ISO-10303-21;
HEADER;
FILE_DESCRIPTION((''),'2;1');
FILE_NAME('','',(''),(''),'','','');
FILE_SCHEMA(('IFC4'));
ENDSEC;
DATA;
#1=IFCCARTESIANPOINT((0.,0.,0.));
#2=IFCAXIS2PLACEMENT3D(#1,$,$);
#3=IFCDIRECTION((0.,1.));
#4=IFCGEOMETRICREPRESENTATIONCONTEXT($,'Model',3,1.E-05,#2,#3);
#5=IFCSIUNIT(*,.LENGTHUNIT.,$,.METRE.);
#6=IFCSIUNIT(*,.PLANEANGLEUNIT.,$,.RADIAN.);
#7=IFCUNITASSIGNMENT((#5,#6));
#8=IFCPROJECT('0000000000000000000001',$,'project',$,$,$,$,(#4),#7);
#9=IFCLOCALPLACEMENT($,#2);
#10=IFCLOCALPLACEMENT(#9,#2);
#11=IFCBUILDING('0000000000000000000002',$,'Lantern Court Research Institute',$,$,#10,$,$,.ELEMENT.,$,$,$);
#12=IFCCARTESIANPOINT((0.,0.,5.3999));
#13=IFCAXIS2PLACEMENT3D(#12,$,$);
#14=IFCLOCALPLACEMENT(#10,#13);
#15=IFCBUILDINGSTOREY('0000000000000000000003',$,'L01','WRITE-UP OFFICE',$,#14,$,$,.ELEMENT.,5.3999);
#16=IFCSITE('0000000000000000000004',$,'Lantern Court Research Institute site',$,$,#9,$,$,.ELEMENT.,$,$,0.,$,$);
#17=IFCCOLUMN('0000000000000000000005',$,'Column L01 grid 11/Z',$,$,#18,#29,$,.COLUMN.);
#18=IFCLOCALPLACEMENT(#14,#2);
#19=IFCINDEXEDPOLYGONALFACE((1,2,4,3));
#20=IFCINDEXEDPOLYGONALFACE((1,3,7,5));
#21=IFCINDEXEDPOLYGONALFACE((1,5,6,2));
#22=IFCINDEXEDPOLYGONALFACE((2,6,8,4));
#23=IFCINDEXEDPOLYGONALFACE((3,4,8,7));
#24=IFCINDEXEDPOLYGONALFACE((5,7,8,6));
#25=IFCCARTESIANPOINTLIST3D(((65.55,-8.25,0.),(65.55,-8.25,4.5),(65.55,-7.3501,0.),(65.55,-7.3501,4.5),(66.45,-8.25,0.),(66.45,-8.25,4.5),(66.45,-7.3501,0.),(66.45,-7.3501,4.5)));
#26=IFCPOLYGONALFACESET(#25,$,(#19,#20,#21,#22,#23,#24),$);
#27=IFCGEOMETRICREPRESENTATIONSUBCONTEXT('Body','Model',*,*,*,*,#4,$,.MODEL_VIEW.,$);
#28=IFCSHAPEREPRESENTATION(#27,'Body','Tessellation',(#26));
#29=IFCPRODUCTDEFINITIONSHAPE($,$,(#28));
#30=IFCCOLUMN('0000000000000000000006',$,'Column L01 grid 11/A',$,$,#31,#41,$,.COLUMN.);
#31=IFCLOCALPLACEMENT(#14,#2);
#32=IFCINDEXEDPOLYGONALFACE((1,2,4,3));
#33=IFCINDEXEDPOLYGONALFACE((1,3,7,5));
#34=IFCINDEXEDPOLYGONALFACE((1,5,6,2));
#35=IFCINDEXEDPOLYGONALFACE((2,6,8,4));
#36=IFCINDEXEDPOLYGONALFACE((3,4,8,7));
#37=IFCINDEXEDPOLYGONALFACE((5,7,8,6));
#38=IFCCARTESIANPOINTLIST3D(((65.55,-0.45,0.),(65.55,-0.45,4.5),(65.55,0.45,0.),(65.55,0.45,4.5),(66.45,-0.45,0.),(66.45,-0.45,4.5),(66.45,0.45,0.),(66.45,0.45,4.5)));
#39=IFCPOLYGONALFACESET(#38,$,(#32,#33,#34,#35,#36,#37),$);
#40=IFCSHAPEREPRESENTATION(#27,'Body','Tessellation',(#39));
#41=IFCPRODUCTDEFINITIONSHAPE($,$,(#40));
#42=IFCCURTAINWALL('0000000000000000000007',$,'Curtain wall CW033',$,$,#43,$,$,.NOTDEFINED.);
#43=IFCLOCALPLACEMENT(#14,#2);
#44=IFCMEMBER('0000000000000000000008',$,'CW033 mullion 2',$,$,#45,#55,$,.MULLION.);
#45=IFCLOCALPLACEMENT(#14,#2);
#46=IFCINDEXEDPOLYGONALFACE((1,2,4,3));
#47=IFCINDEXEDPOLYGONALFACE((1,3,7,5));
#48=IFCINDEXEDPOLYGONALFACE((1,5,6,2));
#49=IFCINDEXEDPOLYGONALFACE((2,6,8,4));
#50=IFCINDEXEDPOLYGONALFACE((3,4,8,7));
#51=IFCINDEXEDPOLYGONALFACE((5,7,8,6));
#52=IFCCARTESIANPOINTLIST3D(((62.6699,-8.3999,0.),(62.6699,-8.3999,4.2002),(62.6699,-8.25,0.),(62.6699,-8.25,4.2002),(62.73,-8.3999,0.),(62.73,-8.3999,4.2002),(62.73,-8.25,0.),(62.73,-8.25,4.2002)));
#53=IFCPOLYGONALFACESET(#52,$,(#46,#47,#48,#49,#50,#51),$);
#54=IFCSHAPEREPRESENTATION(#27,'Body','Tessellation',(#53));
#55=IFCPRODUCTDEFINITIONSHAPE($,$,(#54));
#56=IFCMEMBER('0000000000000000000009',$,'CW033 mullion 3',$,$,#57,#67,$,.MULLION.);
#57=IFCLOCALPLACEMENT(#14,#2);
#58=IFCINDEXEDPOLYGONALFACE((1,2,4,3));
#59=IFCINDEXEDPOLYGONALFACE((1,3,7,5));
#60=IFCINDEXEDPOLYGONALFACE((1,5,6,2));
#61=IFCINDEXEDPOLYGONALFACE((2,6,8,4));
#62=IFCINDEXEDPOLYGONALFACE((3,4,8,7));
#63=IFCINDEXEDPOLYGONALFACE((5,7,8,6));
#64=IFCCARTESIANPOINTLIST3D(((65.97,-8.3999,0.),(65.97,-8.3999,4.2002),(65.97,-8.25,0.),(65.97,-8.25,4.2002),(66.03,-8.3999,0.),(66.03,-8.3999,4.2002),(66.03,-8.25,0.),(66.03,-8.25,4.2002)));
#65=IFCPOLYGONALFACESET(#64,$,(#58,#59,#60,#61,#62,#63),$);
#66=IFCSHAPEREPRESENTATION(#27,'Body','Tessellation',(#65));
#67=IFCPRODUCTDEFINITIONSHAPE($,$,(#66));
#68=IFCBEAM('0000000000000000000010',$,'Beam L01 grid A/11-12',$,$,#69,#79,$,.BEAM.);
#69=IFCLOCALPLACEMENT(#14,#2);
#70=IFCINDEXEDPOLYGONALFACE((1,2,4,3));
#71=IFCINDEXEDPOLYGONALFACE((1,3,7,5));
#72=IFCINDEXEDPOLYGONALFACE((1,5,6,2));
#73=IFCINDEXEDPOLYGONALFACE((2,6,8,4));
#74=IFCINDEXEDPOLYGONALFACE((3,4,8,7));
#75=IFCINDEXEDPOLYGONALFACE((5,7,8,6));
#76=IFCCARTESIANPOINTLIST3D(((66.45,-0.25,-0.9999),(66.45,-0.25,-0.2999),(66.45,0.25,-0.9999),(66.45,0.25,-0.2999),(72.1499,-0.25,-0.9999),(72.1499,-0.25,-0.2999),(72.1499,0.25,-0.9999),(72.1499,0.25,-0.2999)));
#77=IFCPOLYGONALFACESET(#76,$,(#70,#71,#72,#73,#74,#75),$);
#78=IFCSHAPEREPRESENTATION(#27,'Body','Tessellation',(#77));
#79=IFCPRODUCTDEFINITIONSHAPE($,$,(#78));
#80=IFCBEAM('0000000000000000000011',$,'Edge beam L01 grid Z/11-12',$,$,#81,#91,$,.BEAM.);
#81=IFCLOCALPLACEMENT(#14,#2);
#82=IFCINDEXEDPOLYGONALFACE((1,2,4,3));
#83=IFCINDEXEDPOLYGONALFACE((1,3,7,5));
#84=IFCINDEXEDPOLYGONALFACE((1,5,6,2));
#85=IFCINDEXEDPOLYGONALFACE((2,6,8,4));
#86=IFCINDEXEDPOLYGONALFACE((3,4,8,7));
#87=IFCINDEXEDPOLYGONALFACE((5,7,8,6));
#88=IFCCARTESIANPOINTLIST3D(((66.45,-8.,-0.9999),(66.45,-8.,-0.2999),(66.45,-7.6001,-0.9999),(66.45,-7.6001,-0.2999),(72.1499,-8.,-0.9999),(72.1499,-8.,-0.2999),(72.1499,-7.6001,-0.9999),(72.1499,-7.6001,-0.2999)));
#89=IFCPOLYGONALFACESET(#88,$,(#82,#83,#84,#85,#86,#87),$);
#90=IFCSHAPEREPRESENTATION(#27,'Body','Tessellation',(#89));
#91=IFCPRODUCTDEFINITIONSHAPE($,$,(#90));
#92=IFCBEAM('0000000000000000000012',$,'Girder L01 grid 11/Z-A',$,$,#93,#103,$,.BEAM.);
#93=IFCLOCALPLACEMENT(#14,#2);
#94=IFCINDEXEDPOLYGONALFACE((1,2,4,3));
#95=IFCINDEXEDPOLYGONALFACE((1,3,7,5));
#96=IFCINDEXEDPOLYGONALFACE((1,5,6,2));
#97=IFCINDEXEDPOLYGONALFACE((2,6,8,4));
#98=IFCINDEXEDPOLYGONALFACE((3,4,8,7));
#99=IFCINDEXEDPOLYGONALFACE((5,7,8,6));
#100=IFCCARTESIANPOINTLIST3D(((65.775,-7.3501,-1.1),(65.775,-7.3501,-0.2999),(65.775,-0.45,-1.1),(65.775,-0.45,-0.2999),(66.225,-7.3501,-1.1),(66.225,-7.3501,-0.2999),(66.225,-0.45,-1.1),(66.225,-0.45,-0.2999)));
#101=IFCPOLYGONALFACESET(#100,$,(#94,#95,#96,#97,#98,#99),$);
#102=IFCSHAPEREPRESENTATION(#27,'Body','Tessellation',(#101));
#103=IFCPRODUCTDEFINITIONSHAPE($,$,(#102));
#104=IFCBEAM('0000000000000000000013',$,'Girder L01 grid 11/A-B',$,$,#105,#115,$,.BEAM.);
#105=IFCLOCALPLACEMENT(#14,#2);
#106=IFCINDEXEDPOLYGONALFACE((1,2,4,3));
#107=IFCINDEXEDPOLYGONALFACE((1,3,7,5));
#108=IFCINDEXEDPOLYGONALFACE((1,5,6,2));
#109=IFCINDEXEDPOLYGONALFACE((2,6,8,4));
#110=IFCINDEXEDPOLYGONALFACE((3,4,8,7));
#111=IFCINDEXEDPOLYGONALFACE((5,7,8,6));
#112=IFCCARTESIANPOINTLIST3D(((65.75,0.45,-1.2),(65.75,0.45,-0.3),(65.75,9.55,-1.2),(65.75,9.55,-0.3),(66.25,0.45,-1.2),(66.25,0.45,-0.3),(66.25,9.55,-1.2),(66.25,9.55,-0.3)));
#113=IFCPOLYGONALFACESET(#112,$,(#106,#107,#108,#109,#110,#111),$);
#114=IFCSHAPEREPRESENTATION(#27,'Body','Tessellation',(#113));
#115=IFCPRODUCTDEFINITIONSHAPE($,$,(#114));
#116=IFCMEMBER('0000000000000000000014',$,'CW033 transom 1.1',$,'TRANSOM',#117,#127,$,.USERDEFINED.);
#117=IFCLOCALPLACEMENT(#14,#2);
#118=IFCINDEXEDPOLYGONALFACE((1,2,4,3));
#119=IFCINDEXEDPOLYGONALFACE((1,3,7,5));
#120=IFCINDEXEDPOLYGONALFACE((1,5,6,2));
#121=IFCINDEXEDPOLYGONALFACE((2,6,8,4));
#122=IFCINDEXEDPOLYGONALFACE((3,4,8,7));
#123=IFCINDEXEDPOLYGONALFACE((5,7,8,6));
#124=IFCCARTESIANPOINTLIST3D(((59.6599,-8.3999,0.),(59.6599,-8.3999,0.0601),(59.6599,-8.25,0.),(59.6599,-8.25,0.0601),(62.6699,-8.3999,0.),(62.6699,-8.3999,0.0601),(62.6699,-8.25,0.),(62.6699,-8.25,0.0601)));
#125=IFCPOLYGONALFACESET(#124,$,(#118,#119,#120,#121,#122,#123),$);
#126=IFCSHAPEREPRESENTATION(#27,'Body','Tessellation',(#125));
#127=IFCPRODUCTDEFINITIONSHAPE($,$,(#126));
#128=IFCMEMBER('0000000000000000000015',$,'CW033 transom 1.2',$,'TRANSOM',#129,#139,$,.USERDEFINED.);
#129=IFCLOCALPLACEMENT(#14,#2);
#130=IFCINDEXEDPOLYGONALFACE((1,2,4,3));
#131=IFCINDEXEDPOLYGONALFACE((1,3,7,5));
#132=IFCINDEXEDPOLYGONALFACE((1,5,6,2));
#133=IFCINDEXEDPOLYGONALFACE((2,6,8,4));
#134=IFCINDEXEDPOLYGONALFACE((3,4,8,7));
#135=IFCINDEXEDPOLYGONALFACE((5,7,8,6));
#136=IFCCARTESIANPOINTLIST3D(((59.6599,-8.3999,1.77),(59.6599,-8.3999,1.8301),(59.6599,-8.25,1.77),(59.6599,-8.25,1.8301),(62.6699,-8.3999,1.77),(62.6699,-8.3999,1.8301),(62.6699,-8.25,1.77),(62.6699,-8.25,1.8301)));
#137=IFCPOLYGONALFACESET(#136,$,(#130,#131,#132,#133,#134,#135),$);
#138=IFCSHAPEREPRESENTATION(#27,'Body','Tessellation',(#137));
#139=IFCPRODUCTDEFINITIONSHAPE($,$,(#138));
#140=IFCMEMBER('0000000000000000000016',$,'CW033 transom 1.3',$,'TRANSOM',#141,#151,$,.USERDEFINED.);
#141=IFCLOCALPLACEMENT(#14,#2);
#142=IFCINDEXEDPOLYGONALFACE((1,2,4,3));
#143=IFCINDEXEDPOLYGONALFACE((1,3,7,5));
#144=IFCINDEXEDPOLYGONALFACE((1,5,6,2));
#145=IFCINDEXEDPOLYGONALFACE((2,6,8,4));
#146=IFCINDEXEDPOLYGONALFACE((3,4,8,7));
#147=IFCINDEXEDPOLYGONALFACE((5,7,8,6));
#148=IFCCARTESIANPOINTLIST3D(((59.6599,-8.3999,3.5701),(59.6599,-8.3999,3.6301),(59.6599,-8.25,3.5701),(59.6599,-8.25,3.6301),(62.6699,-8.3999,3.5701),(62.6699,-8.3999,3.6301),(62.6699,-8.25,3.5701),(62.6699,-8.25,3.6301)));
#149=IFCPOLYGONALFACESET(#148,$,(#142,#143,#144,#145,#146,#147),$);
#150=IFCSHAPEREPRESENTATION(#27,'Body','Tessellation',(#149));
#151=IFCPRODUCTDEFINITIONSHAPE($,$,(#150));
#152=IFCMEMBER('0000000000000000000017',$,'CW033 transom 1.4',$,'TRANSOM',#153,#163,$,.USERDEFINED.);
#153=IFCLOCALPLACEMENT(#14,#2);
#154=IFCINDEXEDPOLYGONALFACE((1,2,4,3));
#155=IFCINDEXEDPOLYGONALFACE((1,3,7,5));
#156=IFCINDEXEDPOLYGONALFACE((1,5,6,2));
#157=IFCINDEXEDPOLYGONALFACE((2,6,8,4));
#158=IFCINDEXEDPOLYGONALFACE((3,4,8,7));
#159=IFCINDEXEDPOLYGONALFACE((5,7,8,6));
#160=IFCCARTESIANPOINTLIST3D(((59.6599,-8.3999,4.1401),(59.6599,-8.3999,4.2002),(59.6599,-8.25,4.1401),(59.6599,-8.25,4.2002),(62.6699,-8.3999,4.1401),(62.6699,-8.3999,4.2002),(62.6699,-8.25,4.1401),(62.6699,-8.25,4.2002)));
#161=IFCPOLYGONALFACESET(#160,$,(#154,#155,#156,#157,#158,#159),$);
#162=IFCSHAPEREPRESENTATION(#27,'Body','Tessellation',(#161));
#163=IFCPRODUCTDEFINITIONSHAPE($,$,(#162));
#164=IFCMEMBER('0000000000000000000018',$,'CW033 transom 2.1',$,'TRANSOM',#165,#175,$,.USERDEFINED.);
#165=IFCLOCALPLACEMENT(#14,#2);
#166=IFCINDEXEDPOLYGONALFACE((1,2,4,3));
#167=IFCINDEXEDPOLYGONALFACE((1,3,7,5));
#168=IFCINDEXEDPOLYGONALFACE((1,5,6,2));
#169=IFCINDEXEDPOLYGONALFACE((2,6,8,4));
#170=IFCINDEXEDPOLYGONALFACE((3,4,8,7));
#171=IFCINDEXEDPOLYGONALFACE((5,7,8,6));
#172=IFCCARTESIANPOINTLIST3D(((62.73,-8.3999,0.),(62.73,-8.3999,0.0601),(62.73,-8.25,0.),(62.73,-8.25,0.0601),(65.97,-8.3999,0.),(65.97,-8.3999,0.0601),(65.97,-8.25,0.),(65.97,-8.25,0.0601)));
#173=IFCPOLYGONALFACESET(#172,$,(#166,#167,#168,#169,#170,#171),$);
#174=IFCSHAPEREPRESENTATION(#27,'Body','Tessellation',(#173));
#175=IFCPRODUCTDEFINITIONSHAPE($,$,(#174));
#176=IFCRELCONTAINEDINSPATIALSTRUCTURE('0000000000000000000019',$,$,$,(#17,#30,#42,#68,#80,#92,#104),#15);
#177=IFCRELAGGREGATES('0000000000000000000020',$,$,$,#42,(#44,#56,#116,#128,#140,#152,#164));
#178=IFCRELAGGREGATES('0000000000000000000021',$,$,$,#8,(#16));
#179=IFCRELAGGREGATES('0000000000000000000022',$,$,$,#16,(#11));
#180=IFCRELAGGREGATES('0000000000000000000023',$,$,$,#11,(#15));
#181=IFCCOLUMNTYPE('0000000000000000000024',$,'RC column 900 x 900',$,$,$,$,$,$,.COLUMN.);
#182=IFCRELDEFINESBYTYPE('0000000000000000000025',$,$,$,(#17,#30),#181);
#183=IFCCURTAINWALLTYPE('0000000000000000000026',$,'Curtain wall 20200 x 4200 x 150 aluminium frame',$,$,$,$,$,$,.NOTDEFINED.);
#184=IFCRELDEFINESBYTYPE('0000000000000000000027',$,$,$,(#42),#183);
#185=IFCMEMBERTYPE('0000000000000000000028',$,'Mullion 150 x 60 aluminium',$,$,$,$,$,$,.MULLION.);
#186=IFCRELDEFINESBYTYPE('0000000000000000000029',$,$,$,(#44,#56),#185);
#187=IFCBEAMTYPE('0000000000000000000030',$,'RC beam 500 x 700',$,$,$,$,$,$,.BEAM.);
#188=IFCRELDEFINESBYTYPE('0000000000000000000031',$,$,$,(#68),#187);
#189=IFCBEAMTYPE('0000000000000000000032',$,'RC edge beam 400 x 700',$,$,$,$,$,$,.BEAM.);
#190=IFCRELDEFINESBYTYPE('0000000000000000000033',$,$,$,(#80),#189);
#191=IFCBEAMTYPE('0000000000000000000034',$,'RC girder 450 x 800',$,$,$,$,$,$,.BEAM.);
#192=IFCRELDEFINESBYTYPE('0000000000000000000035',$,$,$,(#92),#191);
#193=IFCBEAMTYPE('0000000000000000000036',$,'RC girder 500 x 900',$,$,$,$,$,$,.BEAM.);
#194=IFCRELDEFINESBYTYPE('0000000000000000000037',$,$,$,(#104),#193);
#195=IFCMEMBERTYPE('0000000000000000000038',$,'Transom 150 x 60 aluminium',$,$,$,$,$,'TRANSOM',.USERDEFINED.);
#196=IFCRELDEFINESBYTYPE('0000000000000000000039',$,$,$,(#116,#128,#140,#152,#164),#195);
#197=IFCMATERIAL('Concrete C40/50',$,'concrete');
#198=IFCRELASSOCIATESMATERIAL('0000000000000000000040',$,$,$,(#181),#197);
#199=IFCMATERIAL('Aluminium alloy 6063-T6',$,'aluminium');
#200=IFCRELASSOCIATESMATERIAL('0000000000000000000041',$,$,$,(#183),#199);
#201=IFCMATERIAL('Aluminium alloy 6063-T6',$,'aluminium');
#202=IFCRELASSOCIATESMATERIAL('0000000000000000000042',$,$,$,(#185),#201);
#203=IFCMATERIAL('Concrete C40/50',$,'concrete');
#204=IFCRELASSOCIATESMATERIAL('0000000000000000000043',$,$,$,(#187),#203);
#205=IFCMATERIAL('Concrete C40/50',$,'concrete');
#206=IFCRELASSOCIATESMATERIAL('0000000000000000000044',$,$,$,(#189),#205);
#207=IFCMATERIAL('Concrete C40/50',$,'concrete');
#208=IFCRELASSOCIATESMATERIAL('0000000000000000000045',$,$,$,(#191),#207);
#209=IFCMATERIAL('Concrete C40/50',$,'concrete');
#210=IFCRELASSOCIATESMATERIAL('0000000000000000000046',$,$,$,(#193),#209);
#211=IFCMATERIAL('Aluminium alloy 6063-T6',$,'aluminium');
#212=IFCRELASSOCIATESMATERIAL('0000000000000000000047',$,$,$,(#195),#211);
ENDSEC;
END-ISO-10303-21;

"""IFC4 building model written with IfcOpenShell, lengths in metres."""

from ifc_helpers import new_model, si_unit, direction, frame, origin, origin_2d, place, context, subcontext, project, spatial, rectangle, extrude, material, material_profile, profile_set, type_object, element, aggregate, save


model = new_model("IFC4")

# Units and contexts
model_context = context("Model", 3, precision=1e-05, world=origin(), true_north=direction((0.0, 1.0)))
body_context = subcontext(model_context, "Body", "Model", "MODEL_VIEW")
ifc_project = project(units=[si_unit("LENGTHUNIT", "METRE"), si_unit("PLANEANGLEUNIT", "RADIAN")], contexts=[model_context])

# Site, building, storey
site_placement = place(None, origin())
site = spatial("IfcSite", under=ifc_project, at=site_placement, Name="Lantern Court Research Institute site", CompositionType="ELEMENT", RefElevation=0.0)
building_placement = place(site_placement, origin())
building = spatial("IfcBuilding", under=site, at=building_placement, Name="Lantern Court Research Institute", CompositionType="ELEMENT")
storey_placement = place(building_placement, frame((0.0, 0.0, 5.3999)))
storey = spatial("IfcBuildingStorey", under=building, at=storey_placement, Name="L01", Description="WRITE-UP OFFICE", CompositionType="ELEMENT", Elevation=5.3999)

# Columns
ifc_material_1 = material(Name="Concrete C40/50", Category="concrete")
ifc_material_profile_1 = material_profile(ifc_material_1, rectangle(XDim=0.8999, YDim=0.8999, at=origin_2d()), Name="RC column 900 x 900")
ifc_profile_set_1 = profile_set([ifc_material_profile_1], Name="Concrete C40/50")
column_type = type_object("IfcColumnType", Name="RC column 900 x 900", PredefinedType="COLUMN", material=ifc_profile_set_1)
for number, where, z_axis, x_axis, name in (
    (1, (66.0, -7.8, 0.0), (0.0, 0.0, 1.0), (1.0, 0.0, 0.0), "Column L01 grid 11/Z"),
    (2, (66.0, 0.0, 0.0), (0.0, 0.0, 1.0), (1.0, 0.0, 0.0), "Column L01 grid 11/A"),
):
    element("IfcColumn", number, at=place(storey_placement, frame(where, z_axis=z_axis, x_axis=x_axis)), inside=storey, type_object=column_type, Name=name, PredefinedType="COLUMN", context=body_context, shape_type="SweptSolid", body=[
        extrude(rectangle(XDim=0.8999, YDim=0.8999, at=origin_2d()), origin(), (0.0, 0.0, 1.0), 4.5),
    ])

# Curtain wall, members
ifc_material_2 = material(Name="Aluminium alloy 6063-T6", Category="aluminium")
curtain_wall_type = type_object("IfcCurtainWallType", Name="Curtain wall 20200 x 4200 x 150 aluminium frame", PredefinedType="NOTDEFINED", material=ifc_material_2)
curtain_wall_placement = place(storey_placement, origin())
curtain_wall = element("IfcCurtainWall", 3, at=curtain_wall_placement, inside=storey, type_object=curtain_wall_type, Name="Curtain wall CW033", PredefinedType="NOTDEFINED")
ifc_material_3 = material(Name="Aluminium alloy 6063-T6", Category="aluminium")
ifc_material_profile_2 = material_profile(ifc_material_3, rectangle(XDim=0.1499, YDim=0.0601, at=origin_2d()), Name="Mullion 150 x 60")
ifc_profile_set_2 = profile_set([ifc_material_profile_2], Name="Aluminium alloy 6063-T6")
member_type_1 = type_object("IfcMemberType", Name="Mullion 150 x 60 aluminium", PredefinedType="MULLION", material=ifc_profile_set_2)
member_1_placement = place(storey_placement, frame((62.7, -8.325, 0.0), z_axis=(0.0, 0.0, 1.0), x_axis=(0.0, -1.0, 0.0)))
member_1 = element("IfcMember", 4, at=member_1_placement, type_object=member_type_1, Name="CW033 mullion 2", PredefinedType="MULLION", context=body_context, shape_type="SweptSolid", body=[
    extrude(rectangle(XDim=0.1499, YDim=0.0601, at=origin_2d()), origin(), (0.0, 0.0, 1.0), 4.2002),
])
member_2_placement = place(storey_placement, frame((66.0, -8.325, 0.0), z_axis=(0.0, 0.0, 1.0), x_axis=(0.0, -1.0, 0.0)))
member_2 = element("IfcMember", 5, at=member_2_placement, type_object=member_type_1, Name="CW033 mullion 3", PredefinedType="MULLION", context=body_context, shape_type="SweptSolid", body=[
    extrude(rectangle(XDim=0.1499, YDim=0.0601, at=origin_2d()), origin(), (0.0, 0.0, 1.0), 4.2002),
])

# Beams
ifc_material_4 = material(Name="Concrete C40/50", Category="concrete")
ifc_material_profile_3 = material_profile(ifc_material_4, rectangle(XDim=0.5, YDim=0.7, at=origin_2d()), Name="RC beam 500 x 700")
ifc_profile_set_3 = profile_set([ifc_material_profile_3], Name="Concrete C40/50")
beam_type_1 = type_object("IfcBeamType", Name="RC beam 500 x 700", PredefinedType="BEAM", material=ifc_profile_set_3)
beam_1_placement = place(storey_placement, frame((66.45, 0.0, -0.6499), z_axis=(1.0, 0.0, 0.0), x_axis=(0.0, 1.0, 0.0)))
element("IfcBeam", 6, at=beam_1_placement, inside=storey, type_object=beam_type_1, Name="Beam L01 grid A/11-12", PredefinedType="BEAM", context=body_context, shape_type="SweptSolid", body=[
    extrude(rectangle(XDim=0.5, YDim=0.7, at=origin_2d()), origin(), (0.0, 0.0, 1.0), 5.7),
])
ifc_material_5 = material(Name="Concrete C40/50", Category="concrete")
ifc_material_profile_4 = material_profile(ifc_material_5, rectangle(XDim=0.3999, YDim=0.7, at=origin_2d()), Name="RC beam 400 x 700")
ifc_profile_set_4 = profile_set([ifc_material_profile_4], Name="Concrete C40/50")
beam_type_2 = type_object("IfcBeamType", Name="RC edge beam 400 x 700", PredefinedType="BEAM", material=ifc_profile_set_4)
beam_2_placement = place(storey_placement, frame((66.45, -7.8, -0.6499), z_axis=(1.0, 0.0, 0.0), x_axis=(0.0, 1.0, 0.0)))
element("IfcBeam", 7, at=beam_2_placement, inside=storey, type_object=beam_type_2, Name="Edge beam L01 grid Z/11-12", PredefinedType="BEAM", context=body_context, shape_type="SweptSolid", body=[
    extrude(rectangle(XDim=0.3999, YDim=0.7, at=origin_2d()), origin(), (0.0, 0.0, 1.0), 5.7),
])
ifc_material_6 = material(Name="Concrete C40/50", Category="concrete")
ifc_material_profile_5 = material_profile(ifc_material_6, rectangle(XDim=0.45, YDim=0.8, at=origin_2d()), Name="RC beam 450 x 800")
ifc_profile_set_5 = profile_set([ifc_material_profile_5], Name="Concrete C40/50")
beam_type_3 = type_object("IfcBeamType", Name="RC girder 450 x 800", PredefinedType="BEAM", material=ifc_profile_set_5)
beam_3_placement = place(storey_placement, frame((66.0, -7.3501, -0.7), z_axis=(0.0, 1.0, 0.0), x_axis=(-1.0, 0.0, 0.0)))
element("IfcBeam", 8, at=beam_3_placement, inside=storey, type_object=beam_type_3, Name="Girder L01 grid 11/Z-A", PredefinedType="BEAM", context=body_context, shape_type="SweptSolid", body=[
    extrude(rectangle(XDim=0.45, YDim=0.8, at=origin_2d()), origin(), (0.0, 0.0, 1.0), 6.9001),
])
ifc_material_7 = material(Name="Concrete C40/50", Category="concrete")
ifc_material_profile_6 = material_profile(ifc_material_7, rectangle(XDim=0.5, YDim=0.8999, at=origin_2d()), Name="RC beam 500 x 900")
ifc_profile_set_6 = profile_set([ifc_material_profile_6], Name="Concrete C40/50")
beam_type_4 = type_object("IfcBeamType", Name="RC girder 500 x 900", PredefinedType="BEAM", material=ifc_profile_set_6)
beam_4_placement = place(storey_placement, frame((66.0, 0.45, -0.75), z_axis=(0.0, 1.0, 0.0), x_axis=(-1.0, 0.0, 0.0)))
element("IfcBeam", 9, at=beam_4_placement, inside=storey, type_object=beam_type_4, Name="Girder L01 grid 11/A-B", PredefinedType="BEAM", context=body_context, shape_type="SweptSolid", body=[
    extrude(rectangle(XDim=0.5, YDim=0.8999, at=origin_2d()), origin(), (0.0, 0.0, 1.0), 9.1001),
])

# Members
ifc_material_8 = material(Name="Aluminium alloy 6063-T6", Category="aluminium")
ifc_material_profile_7 = material_profile(ifc_material_8, rectangle(XDim=0.1499, YDim=0.0601, at=origin_2d()), Name="Transom 150 x 60")
ifc_profile_set_7 = profile_set([ifc_material_profile_7], Name="Aluminium alloy 6063-T6")
member_type_2 = type_object("IfcMemberType", Name="Transom 150 x 60 aluminium", ElementType="TRANSOM", PredefinedType="USERDEFINED", material=ifc_profile_set_7)
member_3_placement = place(storey_placement, frame((62.6699, -8.325, 0.03), z_axis=(-1.0, 0.0, 0.0), x_axis=(0.0, -1.0, 0.0)))
member_3 = element("IfcMember", 10, at=member_3_placement, type_object=member_type_2, Name="CW033 transom 1.1", ObjectType="TRANSOM", PredefinedType="USERDEFINED", context=body_context, shape_type="SweptSolid", body=[
    extrude(rectangle(XDim=0.1499, YDim=0.0601, at=origin_2d()), origin(), (0.0, 0.0, 1.0), 3.01),
])
member_4_placement = place(storey_placement, frame((62.6699, -8.325, 1.8), z_axis=(-1.0, 0.0, 0.0), x_axis=(0.0, -1.0, 0.0)))
member_4 = element("IfcMember", 11, at=member_4_placement, type_object=member_type_2, Name="CW033 transom 1.2", ObjectType="TRANSOM", PredefinedType="USERDEFINED", context=body_context, shape_type="SweptSolid", body=[
    extrude(rectangle(XDim=0.1499, YDim=0.0601, at=origin_2d()), origin(), (0.0, 0.0, 1.0), 3.01),
])
member_5_placement = place(storey_placement, frame((62.6699, -8.325, 3.6001), z_axis=(-1.0, 0.0, 0.0), x_axis=(0.0, -1.0, 0.0)))
member_5 = element("IfcMember", 12, at=member_5_placement, type_object=member_type_2, Name="CW033 transom 1.3", ObjectType="TRANSOM", PredefinedType="USERDEFINED", context=body_context, shape_type="SweptSolid", body=[
    extrude(rectangle(XDim=0.1499, YDim=0.0601, at=origin_2d()), origin(), (0.0, 0.0, 1.0), 3.01),
])
member_6_placement = place(storey_placement, frame((62.6699, -8.325, 4.1702), z_axis=(-1.0, 0.0, 0.0), x_axis=(0.0, -1.0, 0.0)))
member_6 = element("IfcMember", 13, at=member_6_placement, type_object=member_type_2, Name="CW033 transom 1.4", ObjectType="TRANSOM", PredefinedType="USERDEFINED", context=body_context, shape_type="SweptSolid", body=[
    extrude(rectangle(XDim=0.1499, YDim=0.0601, at=origin_2d()), origin(), (0.0, 0.0, 1.0), 3.01),
])
member_7_placement = place(storey_placement, frame((65.97, -8.325, 0.03), z_axis=(-1.0, 0.0, 0.0), x_axis=(0.0, -1.0, 0.0)))
member_7 = element("IfcMember", 14, at=member_7_placement, type_object=member_type_2, Name="CW033 transom 2.1", ObjectType="TRANSOM", PredefinedType="USERDEFINED", context=body_context, shape_type="SweptSolid", body=[
    extrude(rectangle(XDim=0.1499, YDim=0.0601, at=origin_2d()), origin(), (0.0, 0.0, 1.0), 3.24),
])

aggregate(curtain_wall, [member_1, member_2, member_3, member_4, member_5, member_6, member_7])

save(model, "model.ifc")
